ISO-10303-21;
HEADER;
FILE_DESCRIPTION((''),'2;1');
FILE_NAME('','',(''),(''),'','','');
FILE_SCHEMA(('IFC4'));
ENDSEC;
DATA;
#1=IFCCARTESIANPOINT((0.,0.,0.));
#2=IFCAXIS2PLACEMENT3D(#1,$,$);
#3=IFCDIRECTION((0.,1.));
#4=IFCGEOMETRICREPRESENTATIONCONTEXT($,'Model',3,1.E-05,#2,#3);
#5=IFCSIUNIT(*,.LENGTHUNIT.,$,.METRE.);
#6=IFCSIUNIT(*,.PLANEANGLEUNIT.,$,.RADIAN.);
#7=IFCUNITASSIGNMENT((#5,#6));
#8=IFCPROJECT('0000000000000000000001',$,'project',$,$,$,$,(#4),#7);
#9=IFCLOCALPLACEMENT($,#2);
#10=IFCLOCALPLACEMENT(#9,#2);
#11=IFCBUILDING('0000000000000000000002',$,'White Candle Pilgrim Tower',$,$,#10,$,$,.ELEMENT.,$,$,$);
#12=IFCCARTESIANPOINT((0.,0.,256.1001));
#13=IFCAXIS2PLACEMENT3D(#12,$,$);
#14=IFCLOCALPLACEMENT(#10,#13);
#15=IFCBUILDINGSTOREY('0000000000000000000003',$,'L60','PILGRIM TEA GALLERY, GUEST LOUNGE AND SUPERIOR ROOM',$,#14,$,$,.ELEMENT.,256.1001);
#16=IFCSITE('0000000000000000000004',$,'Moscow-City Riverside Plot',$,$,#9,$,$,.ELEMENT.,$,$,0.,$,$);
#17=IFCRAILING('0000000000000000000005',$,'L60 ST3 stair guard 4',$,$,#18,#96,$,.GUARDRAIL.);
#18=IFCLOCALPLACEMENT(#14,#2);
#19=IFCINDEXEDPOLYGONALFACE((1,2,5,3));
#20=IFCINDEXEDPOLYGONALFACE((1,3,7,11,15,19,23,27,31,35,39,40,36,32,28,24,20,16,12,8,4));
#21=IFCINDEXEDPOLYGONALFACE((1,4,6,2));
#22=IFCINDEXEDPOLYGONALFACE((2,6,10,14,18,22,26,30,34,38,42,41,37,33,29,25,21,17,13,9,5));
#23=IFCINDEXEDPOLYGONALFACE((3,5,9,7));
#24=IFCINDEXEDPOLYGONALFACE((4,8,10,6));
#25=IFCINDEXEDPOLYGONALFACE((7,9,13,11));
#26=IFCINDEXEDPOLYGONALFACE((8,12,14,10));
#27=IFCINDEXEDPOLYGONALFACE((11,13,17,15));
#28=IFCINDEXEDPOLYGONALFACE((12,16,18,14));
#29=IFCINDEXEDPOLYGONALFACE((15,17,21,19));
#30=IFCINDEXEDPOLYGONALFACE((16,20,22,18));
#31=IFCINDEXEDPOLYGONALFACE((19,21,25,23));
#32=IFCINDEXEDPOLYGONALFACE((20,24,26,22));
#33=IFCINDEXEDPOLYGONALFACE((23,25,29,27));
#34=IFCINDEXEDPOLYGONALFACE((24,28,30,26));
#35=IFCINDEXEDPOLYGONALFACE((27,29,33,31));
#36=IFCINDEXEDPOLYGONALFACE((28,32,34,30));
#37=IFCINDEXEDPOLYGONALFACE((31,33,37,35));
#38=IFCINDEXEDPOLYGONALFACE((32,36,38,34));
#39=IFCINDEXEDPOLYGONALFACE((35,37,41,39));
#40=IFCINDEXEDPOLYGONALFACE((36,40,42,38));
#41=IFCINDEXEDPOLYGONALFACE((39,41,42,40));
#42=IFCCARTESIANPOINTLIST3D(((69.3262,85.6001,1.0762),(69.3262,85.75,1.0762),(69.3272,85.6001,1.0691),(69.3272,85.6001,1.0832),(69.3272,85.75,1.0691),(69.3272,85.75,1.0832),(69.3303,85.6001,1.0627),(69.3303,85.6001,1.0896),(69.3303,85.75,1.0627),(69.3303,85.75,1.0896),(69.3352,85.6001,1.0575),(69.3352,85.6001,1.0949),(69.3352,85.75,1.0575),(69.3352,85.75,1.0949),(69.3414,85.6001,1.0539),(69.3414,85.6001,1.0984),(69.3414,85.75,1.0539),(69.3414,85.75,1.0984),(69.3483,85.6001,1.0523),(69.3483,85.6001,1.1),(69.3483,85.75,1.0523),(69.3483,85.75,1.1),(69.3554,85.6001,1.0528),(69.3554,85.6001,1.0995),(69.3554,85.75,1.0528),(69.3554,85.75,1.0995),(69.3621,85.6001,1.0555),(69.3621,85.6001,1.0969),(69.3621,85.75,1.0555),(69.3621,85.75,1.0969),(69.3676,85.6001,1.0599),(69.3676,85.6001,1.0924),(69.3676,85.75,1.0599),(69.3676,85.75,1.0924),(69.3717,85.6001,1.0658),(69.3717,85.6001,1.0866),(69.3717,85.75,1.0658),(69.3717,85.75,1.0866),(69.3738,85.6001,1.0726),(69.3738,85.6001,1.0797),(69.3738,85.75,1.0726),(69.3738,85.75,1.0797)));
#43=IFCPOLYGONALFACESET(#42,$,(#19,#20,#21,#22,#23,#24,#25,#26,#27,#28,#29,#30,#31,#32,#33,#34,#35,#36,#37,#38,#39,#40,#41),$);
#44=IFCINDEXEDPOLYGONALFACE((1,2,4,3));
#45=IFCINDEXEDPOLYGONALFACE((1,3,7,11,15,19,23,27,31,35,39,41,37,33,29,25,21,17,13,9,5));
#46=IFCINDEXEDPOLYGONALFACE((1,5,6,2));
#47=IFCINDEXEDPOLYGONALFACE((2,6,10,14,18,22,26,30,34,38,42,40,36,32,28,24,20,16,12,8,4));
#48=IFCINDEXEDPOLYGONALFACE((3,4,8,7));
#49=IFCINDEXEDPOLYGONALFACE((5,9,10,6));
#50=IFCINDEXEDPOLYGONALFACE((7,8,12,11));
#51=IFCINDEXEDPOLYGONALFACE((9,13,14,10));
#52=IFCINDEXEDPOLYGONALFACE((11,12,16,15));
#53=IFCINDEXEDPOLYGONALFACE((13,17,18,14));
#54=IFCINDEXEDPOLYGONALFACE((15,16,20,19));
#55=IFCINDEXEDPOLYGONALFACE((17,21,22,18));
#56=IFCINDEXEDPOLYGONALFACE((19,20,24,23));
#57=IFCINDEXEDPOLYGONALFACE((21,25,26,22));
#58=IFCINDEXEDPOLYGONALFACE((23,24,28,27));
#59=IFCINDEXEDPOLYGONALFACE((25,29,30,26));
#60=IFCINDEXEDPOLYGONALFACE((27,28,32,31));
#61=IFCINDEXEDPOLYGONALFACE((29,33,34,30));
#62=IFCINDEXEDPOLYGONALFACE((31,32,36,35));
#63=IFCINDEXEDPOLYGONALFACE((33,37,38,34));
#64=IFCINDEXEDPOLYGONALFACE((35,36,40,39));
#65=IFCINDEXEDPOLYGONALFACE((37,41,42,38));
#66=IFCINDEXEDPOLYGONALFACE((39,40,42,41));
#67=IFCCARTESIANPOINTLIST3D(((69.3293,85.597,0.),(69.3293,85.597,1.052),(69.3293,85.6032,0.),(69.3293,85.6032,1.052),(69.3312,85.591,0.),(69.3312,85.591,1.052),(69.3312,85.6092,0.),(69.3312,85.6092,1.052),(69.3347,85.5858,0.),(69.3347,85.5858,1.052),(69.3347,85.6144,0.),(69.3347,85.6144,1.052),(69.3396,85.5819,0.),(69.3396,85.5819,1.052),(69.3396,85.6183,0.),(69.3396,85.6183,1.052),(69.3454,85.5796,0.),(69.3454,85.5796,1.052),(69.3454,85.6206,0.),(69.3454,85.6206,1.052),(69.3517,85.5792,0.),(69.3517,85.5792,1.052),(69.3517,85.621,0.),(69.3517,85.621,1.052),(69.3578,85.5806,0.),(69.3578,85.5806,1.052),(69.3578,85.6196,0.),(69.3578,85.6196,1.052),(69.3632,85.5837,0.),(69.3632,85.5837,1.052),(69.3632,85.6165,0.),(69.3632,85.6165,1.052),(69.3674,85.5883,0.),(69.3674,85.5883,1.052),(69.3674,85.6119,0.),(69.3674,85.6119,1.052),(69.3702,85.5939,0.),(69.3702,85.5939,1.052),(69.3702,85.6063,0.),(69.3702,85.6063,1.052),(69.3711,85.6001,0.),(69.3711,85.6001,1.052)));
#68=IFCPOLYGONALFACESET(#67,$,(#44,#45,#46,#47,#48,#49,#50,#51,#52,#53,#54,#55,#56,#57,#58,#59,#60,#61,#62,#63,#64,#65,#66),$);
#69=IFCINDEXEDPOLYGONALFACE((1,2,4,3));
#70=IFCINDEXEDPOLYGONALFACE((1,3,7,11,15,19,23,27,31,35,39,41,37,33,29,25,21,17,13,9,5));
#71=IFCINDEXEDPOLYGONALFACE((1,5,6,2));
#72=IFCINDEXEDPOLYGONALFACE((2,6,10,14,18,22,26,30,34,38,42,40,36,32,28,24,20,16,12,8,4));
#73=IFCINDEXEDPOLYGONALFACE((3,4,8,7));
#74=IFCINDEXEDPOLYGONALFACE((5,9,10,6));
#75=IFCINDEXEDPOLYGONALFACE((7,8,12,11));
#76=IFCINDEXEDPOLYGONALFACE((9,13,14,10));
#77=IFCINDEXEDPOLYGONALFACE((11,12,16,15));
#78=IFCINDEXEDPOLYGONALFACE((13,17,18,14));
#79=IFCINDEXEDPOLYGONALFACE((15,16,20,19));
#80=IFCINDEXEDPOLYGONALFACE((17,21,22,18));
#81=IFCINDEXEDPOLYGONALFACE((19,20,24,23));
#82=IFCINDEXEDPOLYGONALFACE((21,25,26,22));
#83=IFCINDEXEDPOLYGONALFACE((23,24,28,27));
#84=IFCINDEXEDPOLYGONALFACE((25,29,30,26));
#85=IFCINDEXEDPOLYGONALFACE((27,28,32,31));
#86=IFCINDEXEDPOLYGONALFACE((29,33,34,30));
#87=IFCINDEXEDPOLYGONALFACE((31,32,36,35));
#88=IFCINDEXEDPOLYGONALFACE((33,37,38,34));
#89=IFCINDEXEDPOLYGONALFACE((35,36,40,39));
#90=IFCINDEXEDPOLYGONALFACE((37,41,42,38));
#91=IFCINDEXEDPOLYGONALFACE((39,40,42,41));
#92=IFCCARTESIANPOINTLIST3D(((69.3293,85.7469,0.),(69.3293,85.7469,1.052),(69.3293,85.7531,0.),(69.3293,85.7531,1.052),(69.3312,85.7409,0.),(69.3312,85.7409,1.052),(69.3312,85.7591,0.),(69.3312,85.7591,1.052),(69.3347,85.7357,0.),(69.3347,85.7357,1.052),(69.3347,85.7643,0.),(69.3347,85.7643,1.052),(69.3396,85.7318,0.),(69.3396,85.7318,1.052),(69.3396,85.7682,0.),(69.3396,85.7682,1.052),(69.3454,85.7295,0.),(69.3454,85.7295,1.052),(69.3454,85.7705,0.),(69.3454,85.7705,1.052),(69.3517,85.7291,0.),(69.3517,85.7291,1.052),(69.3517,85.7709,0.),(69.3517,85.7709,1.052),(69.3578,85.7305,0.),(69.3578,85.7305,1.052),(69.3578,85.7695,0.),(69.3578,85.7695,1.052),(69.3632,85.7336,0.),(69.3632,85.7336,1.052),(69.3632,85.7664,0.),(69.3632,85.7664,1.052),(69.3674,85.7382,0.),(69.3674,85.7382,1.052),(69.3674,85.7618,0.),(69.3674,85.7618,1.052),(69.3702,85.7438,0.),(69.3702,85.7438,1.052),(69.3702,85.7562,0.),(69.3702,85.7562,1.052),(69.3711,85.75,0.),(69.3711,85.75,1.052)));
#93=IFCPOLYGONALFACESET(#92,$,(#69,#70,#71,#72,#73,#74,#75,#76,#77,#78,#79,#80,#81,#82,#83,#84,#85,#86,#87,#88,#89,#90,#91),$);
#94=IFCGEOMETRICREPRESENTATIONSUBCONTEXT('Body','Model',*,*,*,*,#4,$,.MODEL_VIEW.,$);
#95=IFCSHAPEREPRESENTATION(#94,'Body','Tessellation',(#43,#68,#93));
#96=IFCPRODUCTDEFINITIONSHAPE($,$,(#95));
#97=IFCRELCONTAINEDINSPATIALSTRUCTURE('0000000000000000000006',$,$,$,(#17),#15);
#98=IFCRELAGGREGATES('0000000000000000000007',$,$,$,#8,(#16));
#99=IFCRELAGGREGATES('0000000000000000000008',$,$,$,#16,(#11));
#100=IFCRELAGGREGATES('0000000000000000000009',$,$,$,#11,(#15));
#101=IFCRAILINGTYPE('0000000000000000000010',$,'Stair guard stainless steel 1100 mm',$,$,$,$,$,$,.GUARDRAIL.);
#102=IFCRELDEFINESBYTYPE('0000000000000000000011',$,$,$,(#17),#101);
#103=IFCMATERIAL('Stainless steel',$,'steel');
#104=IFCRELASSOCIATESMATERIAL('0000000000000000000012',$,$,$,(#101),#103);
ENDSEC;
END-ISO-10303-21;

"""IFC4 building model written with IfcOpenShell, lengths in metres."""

from ifc_helpers import new_model, si_unit, direction, frame, origin, origin_2d, place, context, subcontext, project, spatial, circle, extrude, material, type_object, element, save


model = new_model("IFC4")

# Units and contexts
model_context = context("Model", 3, precision=1e-05, world=origin(), true_north=direction((0.0, 1.0)))
body_context = subcontext(model_context, "Body", "Model", "MODEL_VIEW")
ifc_project = project(units=[si_unit("LENGTHUNIT", "METRE"), si_unit("PLANEANGLEUNIT", "RADIAN")], contexts=[model_context])

# Site, building, storey
site_placement = place(None, origin())
site = spatial("IfcSite", under=ifc_project, at=site_placement, Name="Moscow-City Riverside Plot", CompositionType="ELEMENT", RefElevation=0.0)
building_placement = place(site_placement, origin())
building = spatial("IfcBuilding", under=site, at=building_placement, Name="White Candle Pilgrim Tower", CompositionType="ELEMENT")
storey_placement = place(building_placement, frame((0.0, 0.0, 256.1001)))
storey = spatial("IfcBuildingStorey", under=building, at=storey_placement, Name="L60", Description="PILGRIM TEA GALLERY, GUEST LOUNGE AND SUPERIOR ROOM", CompositionType="ELEMENT", Elevation=256.1001)

# Railing
ifc_material_1 = material(Name="Stainless steel", Category="steel")
railing_type_1 = type_object("IfcRailingType", Name="Stair guard stainless steel 1100 mm", PredefinedType="GUARDRAIL", material=ifc_material_1)
railing_1_placement = place(storey_placement, frame((69.3501, 85.6001, 0.0)))
element("IfcRailing", 1, at=railing_1_placement, inside=storey, type_object=railing_type_1, Name="L60 ST3 stair guard 4", PredefinedType="GUARDRAIL", context=body_context, shape_type="SweptSolid", body=[
    extrude(circle(Radius=0.0239, at=origin_2d()), frame((0.0, 0.0, 1.0762), z_axis=(0.0, 1.0, 0.0), x_axis=(-1.0, 0.0, 0.0)), (0.0, 0.0, 1.0), 0.1499),
    extrude(circle(Radius=0.021, at=origin_2d()), origin(), (0.0, 0.0, 1.0), 1.052),
    extrude(circle(Radius=0.021, at=origin_2d()), frame((0.0, 0.1499, 0.0)), (0.0, 0.0, 1.0), 1.052),
])

save(model, "model.ifc")
